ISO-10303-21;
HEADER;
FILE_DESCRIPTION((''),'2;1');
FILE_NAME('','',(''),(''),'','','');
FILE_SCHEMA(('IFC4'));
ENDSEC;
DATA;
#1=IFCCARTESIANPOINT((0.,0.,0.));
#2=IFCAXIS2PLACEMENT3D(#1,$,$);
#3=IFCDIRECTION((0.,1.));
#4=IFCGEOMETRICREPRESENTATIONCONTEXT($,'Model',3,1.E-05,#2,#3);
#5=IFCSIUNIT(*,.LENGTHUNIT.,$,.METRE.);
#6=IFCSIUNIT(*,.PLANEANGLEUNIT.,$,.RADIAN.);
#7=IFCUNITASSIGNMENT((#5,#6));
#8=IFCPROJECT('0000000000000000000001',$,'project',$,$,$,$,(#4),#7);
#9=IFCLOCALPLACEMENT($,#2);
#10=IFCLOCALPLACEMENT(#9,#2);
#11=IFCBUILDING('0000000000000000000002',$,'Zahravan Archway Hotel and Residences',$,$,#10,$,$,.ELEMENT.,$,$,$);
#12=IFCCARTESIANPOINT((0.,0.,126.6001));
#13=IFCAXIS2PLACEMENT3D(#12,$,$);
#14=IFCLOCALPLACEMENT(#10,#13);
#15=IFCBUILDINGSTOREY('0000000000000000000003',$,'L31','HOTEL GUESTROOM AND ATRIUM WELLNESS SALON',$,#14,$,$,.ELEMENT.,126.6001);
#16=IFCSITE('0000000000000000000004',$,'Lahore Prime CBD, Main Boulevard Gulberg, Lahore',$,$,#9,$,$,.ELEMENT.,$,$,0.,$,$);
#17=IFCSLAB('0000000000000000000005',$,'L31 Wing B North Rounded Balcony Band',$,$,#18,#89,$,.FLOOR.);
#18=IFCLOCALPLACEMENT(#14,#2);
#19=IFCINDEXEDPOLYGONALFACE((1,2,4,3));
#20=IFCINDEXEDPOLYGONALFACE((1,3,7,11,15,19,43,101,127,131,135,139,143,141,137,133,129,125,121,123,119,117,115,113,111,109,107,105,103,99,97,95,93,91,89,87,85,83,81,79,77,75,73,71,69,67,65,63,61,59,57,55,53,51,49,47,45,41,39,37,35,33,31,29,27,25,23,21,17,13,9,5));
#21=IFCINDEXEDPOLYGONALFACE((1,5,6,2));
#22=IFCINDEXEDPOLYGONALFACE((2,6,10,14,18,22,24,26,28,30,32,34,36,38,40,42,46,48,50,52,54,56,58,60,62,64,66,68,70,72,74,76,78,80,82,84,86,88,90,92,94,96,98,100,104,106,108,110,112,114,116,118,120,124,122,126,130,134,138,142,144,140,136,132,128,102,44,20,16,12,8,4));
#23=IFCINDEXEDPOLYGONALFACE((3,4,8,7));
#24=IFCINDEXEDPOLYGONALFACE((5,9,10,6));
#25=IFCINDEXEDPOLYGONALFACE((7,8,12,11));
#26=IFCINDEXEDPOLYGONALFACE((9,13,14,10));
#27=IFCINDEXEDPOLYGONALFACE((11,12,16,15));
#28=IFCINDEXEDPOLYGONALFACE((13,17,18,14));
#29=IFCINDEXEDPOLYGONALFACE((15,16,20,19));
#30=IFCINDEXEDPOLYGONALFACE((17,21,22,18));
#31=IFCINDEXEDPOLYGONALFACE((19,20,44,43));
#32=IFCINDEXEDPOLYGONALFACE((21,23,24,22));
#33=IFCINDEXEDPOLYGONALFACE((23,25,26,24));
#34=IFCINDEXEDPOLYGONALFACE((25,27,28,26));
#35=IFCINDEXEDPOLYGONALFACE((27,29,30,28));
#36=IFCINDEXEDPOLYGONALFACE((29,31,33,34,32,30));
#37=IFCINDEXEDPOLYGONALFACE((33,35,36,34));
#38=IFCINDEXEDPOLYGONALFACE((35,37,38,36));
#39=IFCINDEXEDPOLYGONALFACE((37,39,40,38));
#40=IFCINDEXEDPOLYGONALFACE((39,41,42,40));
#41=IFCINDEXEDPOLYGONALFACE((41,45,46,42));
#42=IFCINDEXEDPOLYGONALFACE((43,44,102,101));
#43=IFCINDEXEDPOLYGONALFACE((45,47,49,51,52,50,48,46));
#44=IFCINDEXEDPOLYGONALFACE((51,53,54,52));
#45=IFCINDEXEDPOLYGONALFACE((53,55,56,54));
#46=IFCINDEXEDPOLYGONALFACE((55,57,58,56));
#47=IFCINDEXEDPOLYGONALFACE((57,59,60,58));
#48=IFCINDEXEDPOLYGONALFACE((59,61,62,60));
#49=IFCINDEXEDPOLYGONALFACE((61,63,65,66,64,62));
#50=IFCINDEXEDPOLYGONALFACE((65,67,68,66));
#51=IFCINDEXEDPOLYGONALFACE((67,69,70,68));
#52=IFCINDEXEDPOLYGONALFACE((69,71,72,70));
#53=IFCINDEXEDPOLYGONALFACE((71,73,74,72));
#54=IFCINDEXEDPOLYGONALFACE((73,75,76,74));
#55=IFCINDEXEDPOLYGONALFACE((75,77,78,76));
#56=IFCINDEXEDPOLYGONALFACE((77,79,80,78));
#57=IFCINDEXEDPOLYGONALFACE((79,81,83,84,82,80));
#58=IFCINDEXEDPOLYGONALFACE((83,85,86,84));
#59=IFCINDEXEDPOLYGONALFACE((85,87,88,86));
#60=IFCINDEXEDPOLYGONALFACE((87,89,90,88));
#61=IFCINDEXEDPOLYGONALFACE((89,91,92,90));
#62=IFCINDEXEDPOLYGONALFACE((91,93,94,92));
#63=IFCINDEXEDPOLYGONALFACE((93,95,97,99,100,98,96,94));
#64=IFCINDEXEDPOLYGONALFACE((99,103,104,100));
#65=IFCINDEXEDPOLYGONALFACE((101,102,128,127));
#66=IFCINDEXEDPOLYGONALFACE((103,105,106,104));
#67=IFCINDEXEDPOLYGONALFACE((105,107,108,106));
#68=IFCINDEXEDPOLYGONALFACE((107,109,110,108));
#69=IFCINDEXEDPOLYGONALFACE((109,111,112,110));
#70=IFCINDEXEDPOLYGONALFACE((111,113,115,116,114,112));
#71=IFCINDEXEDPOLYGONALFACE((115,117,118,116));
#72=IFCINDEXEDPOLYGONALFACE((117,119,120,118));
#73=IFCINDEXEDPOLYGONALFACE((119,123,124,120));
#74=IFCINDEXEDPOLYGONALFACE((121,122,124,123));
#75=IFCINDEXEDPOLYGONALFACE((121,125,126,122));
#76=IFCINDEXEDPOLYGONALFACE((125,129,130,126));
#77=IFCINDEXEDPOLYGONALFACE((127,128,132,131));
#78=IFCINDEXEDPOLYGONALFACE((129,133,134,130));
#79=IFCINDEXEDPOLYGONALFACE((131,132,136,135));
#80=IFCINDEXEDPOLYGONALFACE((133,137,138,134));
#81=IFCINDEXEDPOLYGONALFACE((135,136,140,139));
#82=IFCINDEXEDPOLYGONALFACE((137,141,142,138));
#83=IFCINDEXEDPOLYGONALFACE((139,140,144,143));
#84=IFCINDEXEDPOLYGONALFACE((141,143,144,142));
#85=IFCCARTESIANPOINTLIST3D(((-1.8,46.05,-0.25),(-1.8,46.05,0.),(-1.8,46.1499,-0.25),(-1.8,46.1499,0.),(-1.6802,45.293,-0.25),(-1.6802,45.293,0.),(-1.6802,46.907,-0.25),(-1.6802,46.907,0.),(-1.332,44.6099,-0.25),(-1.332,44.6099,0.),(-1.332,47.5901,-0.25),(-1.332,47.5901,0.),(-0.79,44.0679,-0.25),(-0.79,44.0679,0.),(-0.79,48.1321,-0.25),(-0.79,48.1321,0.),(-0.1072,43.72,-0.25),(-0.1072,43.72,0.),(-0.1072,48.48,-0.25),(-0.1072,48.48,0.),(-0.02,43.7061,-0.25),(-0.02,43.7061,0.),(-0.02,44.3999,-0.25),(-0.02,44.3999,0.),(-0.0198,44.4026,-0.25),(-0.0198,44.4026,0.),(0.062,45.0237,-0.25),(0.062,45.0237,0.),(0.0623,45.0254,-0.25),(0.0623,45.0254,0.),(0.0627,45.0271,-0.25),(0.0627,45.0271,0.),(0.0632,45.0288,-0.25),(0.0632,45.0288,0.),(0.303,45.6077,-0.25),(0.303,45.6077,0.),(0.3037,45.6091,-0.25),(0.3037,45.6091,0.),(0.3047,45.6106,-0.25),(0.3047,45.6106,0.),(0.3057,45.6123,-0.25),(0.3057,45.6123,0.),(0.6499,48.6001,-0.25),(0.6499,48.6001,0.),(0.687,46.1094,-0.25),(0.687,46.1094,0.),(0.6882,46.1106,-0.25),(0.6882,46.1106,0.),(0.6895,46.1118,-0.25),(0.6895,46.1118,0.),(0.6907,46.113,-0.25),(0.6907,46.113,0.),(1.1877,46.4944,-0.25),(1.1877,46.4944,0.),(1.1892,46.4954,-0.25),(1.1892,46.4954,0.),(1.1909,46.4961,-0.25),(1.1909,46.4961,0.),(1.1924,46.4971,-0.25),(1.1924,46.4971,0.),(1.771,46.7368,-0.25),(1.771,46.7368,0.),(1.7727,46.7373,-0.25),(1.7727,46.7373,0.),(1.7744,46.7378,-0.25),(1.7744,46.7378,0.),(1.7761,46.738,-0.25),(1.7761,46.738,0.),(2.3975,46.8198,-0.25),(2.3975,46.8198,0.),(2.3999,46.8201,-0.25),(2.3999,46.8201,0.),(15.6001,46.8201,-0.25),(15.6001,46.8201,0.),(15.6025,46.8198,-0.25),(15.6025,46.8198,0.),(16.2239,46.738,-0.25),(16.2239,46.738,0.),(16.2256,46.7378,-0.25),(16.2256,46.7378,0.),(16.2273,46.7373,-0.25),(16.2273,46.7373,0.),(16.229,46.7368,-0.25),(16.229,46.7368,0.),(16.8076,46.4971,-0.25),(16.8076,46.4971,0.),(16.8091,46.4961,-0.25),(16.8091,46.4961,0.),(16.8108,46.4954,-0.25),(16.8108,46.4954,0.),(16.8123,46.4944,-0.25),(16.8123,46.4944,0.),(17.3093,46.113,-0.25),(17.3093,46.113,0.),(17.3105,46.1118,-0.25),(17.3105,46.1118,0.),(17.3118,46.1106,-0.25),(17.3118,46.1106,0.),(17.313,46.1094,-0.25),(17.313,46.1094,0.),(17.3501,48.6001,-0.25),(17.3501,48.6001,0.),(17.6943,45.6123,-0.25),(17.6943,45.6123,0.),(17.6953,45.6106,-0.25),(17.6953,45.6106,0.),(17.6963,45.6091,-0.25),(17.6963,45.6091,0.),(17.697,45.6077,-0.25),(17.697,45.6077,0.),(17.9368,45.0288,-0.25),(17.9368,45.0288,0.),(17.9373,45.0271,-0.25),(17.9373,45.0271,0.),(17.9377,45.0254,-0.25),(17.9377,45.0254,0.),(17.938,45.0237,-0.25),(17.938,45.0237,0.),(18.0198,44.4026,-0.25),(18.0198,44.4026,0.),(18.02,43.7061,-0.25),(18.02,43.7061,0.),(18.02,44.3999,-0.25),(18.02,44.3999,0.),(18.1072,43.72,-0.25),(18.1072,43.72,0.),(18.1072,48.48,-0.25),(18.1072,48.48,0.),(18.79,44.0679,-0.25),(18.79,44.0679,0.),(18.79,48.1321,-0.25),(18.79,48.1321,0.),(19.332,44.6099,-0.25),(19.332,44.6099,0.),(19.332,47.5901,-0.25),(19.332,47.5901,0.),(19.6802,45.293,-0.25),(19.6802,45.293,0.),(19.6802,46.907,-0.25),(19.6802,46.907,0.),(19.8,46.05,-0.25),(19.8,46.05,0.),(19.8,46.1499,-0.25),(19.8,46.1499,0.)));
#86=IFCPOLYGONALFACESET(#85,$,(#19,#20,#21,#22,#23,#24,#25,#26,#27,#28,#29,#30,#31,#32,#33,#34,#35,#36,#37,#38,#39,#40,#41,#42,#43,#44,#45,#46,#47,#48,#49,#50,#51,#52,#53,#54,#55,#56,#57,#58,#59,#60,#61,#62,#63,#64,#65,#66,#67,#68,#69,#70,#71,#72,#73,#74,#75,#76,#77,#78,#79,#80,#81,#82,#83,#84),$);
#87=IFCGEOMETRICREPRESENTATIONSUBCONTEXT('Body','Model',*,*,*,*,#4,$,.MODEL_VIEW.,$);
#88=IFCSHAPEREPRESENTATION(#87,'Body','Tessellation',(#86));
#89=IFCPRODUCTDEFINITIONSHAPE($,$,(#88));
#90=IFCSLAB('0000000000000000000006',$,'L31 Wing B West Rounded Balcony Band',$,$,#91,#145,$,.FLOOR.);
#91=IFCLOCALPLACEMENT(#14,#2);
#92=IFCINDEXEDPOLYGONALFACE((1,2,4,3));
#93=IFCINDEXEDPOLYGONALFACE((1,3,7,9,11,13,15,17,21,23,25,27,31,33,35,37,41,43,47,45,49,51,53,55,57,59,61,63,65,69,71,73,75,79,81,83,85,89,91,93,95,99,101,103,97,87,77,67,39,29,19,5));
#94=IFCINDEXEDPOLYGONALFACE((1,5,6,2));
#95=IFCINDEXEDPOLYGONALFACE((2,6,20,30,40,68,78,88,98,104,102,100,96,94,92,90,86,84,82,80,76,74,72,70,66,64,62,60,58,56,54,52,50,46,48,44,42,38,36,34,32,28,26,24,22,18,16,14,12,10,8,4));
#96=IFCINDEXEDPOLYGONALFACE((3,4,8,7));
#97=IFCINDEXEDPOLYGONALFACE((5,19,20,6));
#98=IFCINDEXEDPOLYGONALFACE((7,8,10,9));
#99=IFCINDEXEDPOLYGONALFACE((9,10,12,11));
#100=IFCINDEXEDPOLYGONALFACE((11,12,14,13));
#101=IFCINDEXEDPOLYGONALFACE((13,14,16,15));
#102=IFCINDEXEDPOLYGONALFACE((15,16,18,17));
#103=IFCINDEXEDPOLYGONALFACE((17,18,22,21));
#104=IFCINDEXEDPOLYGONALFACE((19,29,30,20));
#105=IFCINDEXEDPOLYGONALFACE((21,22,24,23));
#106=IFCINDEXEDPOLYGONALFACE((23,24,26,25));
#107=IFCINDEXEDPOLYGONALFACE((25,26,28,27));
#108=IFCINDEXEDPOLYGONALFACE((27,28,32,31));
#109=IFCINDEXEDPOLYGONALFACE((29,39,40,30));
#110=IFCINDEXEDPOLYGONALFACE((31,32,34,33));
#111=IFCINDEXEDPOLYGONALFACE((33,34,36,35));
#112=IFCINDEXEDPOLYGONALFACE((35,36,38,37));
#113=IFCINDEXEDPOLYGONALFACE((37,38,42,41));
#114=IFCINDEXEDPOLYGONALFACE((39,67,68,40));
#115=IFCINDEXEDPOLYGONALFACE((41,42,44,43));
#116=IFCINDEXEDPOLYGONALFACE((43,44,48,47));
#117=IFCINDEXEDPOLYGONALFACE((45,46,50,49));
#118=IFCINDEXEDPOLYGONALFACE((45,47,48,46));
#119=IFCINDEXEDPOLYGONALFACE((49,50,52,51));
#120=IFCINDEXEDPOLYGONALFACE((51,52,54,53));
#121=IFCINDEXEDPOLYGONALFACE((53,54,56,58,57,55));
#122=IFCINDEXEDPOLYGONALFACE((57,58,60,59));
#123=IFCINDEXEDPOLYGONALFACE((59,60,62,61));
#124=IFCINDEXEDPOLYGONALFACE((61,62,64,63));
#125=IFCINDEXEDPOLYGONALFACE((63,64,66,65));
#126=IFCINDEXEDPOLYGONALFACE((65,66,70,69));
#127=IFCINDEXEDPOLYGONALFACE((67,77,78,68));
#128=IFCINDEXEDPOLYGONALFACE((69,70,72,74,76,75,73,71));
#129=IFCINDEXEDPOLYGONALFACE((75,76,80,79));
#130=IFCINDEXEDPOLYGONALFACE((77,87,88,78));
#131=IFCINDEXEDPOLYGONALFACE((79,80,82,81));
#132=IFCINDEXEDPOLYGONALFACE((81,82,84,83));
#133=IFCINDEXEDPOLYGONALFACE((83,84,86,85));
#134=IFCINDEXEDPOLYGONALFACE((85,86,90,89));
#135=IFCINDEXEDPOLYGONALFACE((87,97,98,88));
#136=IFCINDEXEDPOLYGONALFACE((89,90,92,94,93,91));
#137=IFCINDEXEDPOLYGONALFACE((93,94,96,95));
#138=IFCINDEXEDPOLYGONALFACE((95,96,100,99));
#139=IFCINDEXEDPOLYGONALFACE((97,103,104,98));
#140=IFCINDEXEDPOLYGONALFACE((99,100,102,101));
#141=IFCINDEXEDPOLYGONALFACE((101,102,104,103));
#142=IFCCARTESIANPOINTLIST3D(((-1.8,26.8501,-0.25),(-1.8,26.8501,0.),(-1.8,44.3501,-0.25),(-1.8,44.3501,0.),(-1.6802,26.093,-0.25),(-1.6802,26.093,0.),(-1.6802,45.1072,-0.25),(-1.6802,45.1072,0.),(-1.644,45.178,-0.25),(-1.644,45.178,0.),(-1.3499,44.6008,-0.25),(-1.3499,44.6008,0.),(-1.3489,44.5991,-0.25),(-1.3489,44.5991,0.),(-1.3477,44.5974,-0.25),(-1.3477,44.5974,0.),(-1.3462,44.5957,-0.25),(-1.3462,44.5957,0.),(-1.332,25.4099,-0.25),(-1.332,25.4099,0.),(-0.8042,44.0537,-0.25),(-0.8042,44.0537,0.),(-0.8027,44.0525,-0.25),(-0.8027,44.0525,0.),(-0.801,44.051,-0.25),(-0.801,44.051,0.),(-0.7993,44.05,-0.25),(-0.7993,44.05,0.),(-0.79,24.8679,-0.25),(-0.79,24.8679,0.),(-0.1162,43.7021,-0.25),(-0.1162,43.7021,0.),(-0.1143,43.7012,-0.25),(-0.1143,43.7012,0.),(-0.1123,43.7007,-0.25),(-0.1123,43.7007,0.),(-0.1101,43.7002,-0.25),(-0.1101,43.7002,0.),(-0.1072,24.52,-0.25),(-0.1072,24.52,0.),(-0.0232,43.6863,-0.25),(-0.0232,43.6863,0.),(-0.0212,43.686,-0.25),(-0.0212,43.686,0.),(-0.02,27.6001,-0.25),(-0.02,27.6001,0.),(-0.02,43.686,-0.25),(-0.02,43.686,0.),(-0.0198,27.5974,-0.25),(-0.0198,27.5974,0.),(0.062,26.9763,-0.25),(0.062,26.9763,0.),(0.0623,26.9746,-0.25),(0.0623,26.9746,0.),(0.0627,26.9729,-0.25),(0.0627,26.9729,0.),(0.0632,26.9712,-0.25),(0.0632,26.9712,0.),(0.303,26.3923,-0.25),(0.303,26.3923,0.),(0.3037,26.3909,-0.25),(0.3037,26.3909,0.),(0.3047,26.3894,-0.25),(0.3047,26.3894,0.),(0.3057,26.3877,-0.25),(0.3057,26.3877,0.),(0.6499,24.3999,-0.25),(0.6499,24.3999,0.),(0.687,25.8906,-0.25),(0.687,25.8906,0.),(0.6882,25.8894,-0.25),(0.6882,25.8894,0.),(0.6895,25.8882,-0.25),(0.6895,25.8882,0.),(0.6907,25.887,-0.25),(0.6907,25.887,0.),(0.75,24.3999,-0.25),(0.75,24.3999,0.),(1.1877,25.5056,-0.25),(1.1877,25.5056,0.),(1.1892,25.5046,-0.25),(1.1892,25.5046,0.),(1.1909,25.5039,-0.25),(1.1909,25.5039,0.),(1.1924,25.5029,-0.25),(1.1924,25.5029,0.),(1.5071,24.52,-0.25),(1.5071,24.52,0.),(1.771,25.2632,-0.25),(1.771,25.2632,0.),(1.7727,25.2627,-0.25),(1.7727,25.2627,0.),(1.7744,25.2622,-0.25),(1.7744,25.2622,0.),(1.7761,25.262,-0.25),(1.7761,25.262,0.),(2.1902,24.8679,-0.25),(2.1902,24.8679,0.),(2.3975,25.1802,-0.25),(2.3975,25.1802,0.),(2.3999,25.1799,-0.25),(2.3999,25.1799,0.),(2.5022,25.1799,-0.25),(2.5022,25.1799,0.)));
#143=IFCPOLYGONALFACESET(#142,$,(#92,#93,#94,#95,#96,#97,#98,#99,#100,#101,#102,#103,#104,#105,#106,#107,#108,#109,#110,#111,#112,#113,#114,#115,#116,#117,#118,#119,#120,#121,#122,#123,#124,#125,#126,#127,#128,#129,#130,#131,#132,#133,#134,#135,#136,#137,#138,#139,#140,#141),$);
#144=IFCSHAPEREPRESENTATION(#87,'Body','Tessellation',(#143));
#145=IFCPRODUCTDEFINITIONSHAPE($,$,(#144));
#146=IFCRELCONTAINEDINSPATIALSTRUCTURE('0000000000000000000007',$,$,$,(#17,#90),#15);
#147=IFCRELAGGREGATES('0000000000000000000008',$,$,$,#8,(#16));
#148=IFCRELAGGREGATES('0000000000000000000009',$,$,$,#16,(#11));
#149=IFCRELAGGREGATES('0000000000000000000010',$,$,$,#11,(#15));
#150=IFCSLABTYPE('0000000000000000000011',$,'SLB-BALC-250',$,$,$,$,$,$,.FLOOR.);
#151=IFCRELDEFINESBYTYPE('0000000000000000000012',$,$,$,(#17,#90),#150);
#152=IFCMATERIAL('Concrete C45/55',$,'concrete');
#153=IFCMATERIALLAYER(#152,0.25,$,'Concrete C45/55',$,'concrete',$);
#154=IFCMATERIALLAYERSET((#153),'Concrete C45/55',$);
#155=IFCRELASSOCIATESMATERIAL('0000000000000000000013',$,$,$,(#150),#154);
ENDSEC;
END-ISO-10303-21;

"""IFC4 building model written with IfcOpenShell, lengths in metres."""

from ifc_helpers import new_model, si_unit, direction, frame, origin, place, context, subcontext, project, spatial, polyline, outline, extrude, material, layer, layer_set, type_object, element, save


model = new_model("IFC4")

# Units and contexts
model_context = context("Model", 3, precision=1e-05, world=origin(), true_north=direction((0.0, 1.0)))
body_context = subcontext(model_context, "Body", "Model", "MODEL_VIEW")
ifc_project = project(units=[si_unit("LENGTHUNIT", "METRE"), si_unit("PLANEANGLEUNIT", "RADIAN")], contexts=[model_context])

# Site, building, storey
site_placement = place(None, origin())
site = spatial("IfcSite", under=ifc_project, at=site_placement, Name="Lahore Prime CBD, Main Boulevard Gulberg, Lahore", CompositionType="ELEMENT", RefElevation=0.0)
building_placement = place(site_placement, origin())
building = spatial("IfcBuilding", under=site, at=building_placement, Name="Zahravan Archway Hotel and Residences", CompositionType="ELEMENT")
storey_placement = place(building_placement, frame((0.0, 0.0, 126.6001)))
storey = spatial("IfcBuildingStorey", under=building, at=storey_placement, Name="L31", Description="HOTEL GUESTROOM AND ATRIUM WELLNESS SALON", CompositionType="ELEMENT", Elevation=126.6001)

# Slabs
ifc_material_1 = material(Name="Concrete C45/55", Category="concrete")
ifc_layer_1 = layer(ifc_material_1, 0.25, Name="Concrete C45/55", Category="concrete")
ifc_layer_set_1 = layer_set([ifc_layer_1], Name="Concrete C45/55")
slab_type_1 = type_object("IfcSlabType", Name="SLB-BALC-250", PredefinedType="FLOOR", material=ifc_layer_set_1)
slab_1_placement = place(storey_placement, frame((0.0, 0.0, -0.25)))
element("IfcSlab", 1, at=slab_1_placement, inside=storey, type_object=slab_type_1, Name="L31 Wing B North Rounded Balcony Band", PredefinedType="FLOOR", context=body_context, shape_type="SweptSolid", body=[
    extrude(outline(polyline([(-0.1072, 43.72), (-0.79, 44.0679), (-1.332, 44.6099), (-1.6802, 45.293), (-1.8, 46.05), (-1.8, 46.1499), (-1.6802, 46.907), (-1.332, 47.5901), (-0.79, 48.1321), (-0.1072, 48.48), (0.6499, 48.6001), (17.3501, 48.6001), (18.1072, 48.48), (18.79, 48.1321), (19.332, 47.5901), (19.6802, 46.907), (19.8, 46.1499), (19.8, 46.05), (19.6802, 45.293), (19.332, 44.6099), (18.79, 44.0679), (18.1072, 43.72), (18.02, 43.7061), (18.02, 44.3999), (18.0198, 44.4026), (17.938, 45.0237), (17.9377, 45.0254), (17.9373, 45.0271), (17.9368, 45.0288), (17.697, 45.6077), (17.6963, 45.6091), (17.6953, 45.6106), (17.6943, 45.6123), (17.313, 46.1094), (17.3118, 46.1106), (17.3105, 46.1118), (17.3093, 46.113), (16.8123, 46.4944), (16.8108, 46.4954), (16.8091, 46.4961), (16.8076, 46.4971), (16.229, 46.7368), (16.2273, 46.7373), (16.2256, 46.7378), (16.2239, 46.738), (15.6025, 46.8198), (15.6001, 46.8201), (2.3999, 46.8201), (2.3975, 46.8198), (1.7761, 46.738), (1.7744, 46.7378), (1.7727, 46.7373), (1.771, 46.7368), (1.1924, 46.4971), (1.1909, 46.4961), (1.1892, 46.4954), (1.1877, 46.4944), (0.6907, 46.113), (0.6895, 46.1118), (0.6882, 46.1106), (0.687, 46.1094), (0.3057, 45.6123), (0.3047, 45.6106), (0.3037, 45.6091), (0.303, 45.6077), (0.0632, 45.0288), (0.0627, 45.0271), (0.0623, 45.0254), (0.062, 45.0237), (-0.0198, 44.4026), (-0.02, 44.3999), (-0.02, 43.7061), (-0.1072, 43.72)])), origin(), (0.0, 0.0, 1.0), 0.25),
])
slab_2_placement = place(storey_placement, frame((0.0, 0.0, -0.25)))
element("IfcSlab", 2, at=slab_2_placement, inside=storey, type_object=slab_type_1, Name="L31 Wing B West Rounded Balcony Band", PredefinedType="FLOOR", context=body_context, shape_type="SweptSolid", body=[
    extrude(outline(polyline([(2.1902, 24.8679), (1.5071, 24.52), (0.75, 24.3999), (0.6499, 24.3999), (-0.1072, 24.52), (-0.79, 24.8679), (-1.332, 25.4099), (-1.6802, 26.093), (-1.8, 26.8501), (-1.8, 44.3501), (-1.6802, 45.1072), (-1.644, 45.178), (-1.3499, 44.6008), (-1.3489, 44.5991), (-1.3477, 44.5974), (-1.3462, 44.5957), (-0.8042, 44.0537), (-0.8027, 44.0525), (-0.801, 44.051), (-0.7993, 44.05), (-0.1162, 43.7021), (-0.1143, 43.7012), (-0.1123, 43.7007), (-0.1101, 43.7002), (-0.0232, 43.6863), (-0.0212, 43.686), (-0.02, 43.686), (-0.02, 27.6001), (-0.0198, 27.5974), (0.062, 26.9763), (0.0623, 26.9746), (0.0627, 26.9729), (0.0632, 26.9712), (0.303, 26.3923), (0.3037, 26.3909), (0.3047, 26.3894), (0.3057, 26.3877), (0.687, 25.8906), (0.6882, 25.8894), (0.6895, 25.8882), (0.6907, 25.887), (1.1877, 25.5056), (1.1892, 25.5046), (1.1909, 25.5039), (1.1924, 25.5029), (1.771, 25.2632), (1.7727, 25.2627), (1.7744, 25.2622), (1.7761, 25.262), (2.3975, 25.1802), (2.3999, 25.1799), (2.5022, 25.1799), (2.1902, 24.8679)])), origin(), (0.0, 0.0, 1.0), 0.25),
])

save(model, "model.ifc")
